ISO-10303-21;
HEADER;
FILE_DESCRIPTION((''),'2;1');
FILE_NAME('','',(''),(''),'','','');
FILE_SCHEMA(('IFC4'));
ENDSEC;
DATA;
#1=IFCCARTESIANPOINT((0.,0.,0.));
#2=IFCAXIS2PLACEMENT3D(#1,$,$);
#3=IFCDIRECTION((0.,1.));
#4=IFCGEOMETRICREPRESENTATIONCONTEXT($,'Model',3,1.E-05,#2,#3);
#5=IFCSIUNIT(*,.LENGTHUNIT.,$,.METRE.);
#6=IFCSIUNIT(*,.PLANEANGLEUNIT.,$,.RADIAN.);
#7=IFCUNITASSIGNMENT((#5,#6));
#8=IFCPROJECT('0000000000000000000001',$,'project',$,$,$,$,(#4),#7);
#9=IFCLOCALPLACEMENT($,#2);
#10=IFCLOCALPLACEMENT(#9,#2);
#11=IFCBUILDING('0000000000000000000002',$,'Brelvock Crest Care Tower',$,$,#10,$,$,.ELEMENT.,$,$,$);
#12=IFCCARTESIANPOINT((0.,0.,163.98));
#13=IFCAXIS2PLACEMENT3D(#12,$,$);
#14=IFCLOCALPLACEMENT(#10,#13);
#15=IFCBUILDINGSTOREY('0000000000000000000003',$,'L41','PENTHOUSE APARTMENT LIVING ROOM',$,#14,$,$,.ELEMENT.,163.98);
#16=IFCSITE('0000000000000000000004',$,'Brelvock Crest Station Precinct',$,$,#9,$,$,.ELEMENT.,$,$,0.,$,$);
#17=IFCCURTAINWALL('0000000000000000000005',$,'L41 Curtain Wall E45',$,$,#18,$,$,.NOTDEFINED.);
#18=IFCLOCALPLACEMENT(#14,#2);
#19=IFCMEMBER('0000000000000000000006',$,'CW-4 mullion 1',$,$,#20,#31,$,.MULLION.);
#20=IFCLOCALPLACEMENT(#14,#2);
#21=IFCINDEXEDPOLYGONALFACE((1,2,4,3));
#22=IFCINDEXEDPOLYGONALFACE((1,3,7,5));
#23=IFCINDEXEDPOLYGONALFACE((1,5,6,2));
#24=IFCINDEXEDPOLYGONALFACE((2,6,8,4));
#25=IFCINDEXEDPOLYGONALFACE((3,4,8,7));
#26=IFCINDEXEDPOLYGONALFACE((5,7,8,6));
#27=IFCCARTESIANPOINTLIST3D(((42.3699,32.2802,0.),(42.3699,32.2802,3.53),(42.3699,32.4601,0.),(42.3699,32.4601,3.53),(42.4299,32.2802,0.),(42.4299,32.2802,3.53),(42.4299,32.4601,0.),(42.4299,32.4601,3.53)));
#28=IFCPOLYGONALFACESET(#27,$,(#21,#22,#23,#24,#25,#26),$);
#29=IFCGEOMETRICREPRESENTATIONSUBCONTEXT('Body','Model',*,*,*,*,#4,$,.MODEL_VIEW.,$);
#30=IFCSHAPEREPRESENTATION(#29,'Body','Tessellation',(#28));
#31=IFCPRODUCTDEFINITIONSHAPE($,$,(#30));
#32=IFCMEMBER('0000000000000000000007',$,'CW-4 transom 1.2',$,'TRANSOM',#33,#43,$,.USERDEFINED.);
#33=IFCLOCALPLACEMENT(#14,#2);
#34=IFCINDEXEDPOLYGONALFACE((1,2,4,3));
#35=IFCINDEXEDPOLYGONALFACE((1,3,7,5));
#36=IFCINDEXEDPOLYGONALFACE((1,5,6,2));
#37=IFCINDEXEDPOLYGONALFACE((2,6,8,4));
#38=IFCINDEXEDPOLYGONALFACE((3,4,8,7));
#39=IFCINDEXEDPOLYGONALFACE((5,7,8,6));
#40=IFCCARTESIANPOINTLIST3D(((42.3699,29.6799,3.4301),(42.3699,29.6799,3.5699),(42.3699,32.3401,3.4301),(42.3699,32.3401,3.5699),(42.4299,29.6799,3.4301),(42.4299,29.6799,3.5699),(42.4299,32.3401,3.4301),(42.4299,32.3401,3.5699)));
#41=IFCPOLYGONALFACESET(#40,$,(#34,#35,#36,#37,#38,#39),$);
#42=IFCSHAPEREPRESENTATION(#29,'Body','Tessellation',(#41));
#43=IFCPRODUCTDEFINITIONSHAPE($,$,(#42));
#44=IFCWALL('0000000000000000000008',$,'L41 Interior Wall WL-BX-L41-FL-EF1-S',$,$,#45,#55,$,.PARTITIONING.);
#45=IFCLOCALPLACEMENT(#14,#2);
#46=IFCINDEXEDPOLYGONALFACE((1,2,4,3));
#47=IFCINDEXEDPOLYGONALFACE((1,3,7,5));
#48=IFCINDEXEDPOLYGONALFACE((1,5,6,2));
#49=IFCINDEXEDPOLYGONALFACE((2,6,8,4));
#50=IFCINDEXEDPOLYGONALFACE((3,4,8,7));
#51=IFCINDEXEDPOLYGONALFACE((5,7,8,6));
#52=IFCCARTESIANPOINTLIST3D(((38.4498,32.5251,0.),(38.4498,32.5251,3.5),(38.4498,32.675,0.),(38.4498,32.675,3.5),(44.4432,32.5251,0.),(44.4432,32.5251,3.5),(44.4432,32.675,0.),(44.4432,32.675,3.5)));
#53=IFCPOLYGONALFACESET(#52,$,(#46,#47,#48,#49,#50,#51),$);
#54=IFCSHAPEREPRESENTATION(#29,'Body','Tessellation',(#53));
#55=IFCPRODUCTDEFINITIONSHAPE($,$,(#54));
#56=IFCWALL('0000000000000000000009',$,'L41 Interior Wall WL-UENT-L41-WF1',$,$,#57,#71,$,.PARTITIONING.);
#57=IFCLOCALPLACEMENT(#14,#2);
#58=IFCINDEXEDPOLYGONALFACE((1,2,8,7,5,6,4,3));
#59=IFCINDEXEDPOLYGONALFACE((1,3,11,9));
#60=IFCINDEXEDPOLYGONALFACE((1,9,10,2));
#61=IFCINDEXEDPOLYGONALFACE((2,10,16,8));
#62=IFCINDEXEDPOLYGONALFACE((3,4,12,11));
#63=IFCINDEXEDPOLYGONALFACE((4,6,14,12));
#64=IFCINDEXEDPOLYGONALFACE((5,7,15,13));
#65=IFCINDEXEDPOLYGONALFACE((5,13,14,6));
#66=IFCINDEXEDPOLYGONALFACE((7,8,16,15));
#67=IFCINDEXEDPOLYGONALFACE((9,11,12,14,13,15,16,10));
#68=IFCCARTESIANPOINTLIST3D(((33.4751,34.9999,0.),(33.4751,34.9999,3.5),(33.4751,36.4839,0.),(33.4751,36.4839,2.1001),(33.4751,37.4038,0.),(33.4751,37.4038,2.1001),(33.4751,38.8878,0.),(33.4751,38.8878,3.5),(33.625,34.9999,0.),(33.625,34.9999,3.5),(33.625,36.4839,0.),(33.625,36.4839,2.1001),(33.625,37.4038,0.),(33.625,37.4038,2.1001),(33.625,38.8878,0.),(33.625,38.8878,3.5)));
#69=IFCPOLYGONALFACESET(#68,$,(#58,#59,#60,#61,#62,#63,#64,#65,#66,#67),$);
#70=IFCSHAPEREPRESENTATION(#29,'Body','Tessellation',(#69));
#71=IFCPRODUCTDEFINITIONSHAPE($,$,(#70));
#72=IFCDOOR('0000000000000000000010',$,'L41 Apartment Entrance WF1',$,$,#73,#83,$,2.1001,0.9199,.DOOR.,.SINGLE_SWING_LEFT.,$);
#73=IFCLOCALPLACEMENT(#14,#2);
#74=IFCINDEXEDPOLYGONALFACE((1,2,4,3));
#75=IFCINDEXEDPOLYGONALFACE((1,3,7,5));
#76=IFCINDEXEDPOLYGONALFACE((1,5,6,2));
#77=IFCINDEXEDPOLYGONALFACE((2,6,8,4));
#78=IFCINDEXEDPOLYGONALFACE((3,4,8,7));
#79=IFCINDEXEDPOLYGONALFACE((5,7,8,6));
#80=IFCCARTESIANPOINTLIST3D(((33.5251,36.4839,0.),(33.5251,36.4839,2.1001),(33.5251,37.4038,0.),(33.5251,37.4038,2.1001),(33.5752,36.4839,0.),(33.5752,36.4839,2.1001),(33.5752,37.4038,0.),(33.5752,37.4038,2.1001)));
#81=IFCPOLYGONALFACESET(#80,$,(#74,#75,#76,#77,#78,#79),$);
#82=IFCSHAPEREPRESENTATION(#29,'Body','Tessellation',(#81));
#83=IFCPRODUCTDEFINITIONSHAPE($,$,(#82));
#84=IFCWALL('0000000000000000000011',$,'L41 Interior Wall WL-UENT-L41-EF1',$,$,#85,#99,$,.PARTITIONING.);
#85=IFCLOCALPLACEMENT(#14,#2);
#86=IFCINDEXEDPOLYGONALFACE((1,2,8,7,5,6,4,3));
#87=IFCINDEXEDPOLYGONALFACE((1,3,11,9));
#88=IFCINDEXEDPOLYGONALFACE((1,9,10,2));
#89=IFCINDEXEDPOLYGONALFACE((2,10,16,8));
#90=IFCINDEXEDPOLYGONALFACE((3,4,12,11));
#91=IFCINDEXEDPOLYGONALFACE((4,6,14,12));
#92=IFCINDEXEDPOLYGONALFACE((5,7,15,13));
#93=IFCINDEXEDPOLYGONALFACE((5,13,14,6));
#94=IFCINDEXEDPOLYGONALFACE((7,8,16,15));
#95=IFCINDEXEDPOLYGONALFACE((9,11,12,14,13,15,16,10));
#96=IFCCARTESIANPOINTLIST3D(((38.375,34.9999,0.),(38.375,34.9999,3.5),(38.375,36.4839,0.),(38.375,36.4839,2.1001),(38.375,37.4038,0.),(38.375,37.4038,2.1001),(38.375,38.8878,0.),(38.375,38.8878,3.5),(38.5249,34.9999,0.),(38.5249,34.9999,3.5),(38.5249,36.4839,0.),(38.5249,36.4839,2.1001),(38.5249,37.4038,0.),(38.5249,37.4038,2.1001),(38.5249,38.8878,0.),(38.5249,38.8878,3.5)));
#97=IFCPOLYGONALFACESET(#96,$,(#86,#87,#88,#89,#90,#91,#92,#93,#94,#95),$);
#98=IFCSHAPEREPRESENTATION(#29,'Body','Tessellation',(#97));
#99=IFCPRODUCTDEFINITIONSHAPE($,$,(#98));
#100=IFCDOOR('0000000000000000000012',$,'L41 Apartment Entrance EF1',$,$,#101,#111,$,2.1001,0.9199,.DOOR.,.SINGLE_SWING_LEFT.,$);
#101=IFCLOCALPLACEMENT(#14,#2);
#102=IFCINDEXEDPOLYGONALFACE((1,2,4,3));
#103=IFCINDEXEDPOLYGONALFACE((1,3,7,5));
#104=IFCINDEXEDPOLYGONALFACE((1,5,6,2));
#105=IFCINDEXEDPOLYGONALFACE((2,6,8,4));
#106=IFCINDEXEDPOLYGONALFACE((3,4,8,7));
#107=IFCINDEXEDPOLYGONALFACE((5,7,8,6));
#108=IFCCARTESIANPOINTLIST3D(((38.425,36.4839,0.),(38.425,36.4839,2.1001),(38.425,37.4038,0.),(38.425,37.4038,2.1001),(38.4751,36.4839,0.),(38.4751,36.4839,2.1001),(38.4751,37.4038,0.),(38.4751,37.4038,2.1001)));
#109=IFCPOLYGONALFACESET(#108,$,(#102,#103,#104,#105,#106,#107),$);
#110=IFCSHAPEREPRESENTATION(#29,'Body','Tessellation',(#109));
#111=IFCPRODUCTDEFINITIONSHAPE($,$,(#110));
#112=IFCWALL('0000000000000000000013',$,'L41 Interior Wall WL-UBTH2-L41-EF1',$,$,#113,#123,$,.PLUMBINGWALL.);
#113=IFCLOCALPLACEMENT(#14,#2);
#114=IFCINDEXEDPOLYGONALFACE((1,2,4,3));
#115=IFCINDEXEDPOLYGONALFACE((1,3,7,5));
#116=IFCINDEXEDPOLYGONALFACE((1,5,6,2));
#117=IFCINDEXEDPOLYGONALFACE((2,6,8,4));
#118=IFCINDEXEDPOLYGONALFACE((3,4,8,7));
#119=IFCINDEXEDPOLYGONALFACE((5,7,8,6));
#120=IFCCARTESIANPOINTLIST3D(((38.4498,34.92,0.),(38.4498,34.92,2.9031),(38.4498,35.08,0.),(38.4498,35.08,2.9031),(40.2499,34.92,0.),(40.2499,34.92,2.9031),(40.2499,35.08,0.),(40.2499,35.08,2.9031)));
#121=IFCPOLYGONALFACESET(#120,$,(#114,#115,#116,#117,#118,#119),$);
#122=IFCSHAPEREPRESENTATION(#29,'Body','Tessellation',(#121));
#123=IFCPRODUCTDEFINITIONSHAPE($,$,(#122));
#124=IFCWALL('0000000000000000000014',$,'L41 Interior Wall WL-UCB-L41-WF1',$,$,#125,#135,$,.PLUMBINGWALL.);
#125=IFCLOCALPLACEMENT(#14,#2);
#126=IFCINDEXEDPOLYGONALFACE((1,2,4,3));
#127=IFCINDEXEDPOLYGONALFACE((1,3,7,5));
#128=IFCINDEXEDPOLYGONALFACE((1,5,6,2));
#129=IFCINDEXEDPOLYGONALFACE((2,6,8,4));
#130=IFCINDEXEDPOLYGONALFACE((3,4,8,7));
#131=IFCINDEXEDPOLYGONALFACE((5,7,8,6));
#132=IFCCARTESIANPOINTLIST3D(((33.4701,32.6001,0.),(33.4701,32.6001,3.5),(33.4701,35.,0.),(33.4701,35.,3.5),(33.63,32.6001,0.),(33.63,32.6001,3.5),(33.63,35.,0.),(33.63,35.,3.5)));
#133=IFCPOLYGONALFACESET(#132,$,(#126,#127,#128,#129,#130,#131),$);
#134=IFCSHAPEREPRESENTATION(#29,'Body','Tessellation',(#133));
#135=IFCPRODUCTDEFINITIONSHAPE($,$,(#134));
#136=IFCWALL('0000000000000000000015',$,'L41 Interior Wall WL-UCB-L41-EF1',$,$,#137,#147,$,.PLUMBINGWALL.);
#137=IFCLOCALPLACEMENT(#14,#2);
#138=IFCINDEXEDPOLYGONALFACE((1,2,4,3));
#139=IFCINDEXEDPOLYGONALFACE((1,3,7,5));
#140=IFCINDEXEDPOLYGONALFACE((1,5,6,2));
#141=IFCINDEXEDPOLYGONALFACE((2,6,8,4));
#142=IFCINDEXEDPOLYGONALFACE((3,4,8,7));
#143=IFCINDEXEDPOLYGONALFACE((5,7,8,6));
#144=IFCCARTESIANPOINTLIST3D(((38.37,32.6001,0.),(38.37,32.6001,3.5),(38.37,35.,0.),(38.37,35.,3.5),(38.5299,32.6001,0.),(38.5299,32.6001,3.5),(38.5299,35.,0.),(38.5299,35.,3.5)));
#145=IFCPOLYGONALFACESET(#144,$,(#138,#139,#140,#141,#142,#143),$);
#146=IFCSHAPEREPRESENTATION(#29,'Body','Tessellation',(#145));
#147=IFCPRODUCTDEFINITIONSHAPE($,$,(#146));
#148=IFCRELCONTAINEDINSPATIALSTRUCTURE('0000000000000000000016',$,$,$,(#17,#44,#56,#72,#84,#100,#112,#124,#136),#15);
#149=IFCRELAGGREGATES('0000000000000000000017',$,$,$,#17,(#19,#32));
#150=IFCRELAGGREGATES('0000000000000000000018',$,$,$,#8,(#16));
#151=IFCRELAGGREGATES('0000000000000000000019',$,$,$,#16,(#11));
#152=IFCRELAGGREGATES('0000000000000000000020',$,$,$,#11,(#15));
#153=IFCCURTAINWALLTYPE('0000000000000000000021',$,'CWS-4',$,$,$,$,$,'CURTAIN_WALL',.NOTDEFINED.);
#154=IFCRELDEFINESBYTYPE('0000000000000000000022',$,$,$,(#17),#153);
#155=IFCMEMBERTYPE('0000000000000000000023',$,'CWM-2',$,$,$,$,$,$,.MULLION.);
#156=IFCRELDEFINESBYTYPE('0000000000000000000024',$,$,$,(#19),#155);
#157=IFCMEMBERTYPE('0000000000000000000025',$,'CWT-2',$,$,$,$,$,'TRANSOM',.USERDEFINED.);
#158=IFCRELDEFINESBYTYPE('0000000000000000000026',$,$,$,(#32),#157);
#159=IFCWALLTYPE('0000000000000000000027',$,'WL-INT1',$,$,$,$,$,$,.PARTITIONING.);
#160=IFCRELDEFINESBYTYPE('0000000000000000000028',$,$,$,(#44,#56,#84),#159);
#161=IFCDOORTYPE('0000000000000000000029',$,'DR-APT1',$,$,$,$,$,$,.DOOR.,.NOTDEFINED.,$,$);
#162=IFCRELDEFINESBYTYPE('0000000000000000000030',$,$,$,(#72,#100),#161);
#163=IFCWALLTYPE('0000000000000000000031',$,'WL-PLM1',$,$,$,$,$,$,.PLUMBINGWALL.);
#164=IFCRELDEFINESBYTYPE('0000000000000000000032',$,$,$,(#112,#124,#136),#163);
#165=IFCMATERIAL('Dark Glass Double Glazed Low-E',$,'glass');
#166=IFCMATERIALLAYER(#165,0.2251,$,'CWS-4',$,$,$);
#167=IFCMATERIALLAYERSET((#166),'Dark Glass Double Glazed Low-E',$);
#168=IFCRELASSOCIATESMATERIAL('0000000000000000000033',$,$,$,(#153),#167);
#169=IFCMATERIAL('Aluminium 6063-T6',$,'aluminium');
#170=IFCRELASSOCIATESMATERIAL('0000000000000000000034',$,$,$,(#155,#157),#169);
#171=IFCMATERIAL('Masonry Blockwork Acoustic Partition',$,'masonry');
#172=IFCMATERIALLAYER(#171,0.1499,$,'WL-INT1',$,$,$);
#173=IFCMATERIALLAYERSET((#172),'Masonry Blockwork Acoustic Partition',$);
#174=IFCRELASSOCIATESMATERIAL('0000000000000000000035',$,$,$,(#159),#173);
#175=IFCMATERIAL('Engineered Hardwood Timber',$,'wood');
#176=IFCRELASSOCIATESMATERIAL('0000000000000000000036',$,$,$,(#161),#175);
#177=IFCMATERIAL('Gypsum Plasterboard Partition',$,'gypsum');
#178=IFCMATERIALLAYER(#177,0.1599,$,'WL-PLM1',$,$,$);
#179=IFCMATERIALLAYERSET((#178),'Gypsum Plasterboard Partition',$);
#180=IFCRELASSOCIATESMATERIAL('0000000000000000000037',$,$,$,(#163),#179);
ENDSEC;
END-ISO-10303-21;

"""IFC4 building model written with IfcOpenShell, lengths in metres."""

from ifc_helpers import new_model, si_unit, direction, frame, frame_2d, origin, origin_2d, place, context, subcontext, project, spatial, rectangle, extrude, source, transform, mapped, material, layer, layer_set, material_profile, profile_set, type_object, element, fill, aggregate, save


model = new_model("IFC4")

# Units and contexts
model_context = context("Model", 3, precision=1e-05, world=origin(), true_north=direction((0.0, 1.0)))
body_context = subcontext(model_context, "Body", "Model", "MODEL_VIEW")
ifc_project = project(units=[si_unit("LENGTHUNIT", "METRE"), si_unit("PLANEANGLEUNIT", "RADIAN")], contexts=[model_context])

# Site, building, storey
site_placement = place(None, origin())
site = spatial("IfcSite", under=ifc_project, at=site_placement, Name="Brelvock Crest Station Precinct", CompositionType="ELEMENT", RefElevation=0.0)
building_placement = place(site_placement, origin())
building = spatial("IfcBuilding", under=site, at=building_placement, Name="Brelvock Crest Care Tower", CompositionType="ELEMENT")
storey_placement = place(building_placement, frame((0.0, 0.0, 163.98)))
storey = spatial("IfcBuildingStorey", under=building, at=storey_placement, Name="L41", Description="PENTHOUSE APARTMENT LIVING ROOM", CompositionType="ELEMENT", Elevation=163.98)

# Shared definitions
ifc_material_1 = material(Name="Dark Glass Double Glazed Low-E", Category="glass")
ifc_layer_1 = layer(ifc_material_1, 0.2251, Name="CWS-4")
ifc_layer_set_1 = layer_set([ifc_layer_1], Name="Dark Glass Double Glazed Low-E")
curtain_wall_type = type_object("IfcCurtainWallType", Name="CWS-4", ElementType="CURTAIN_WALL", PredefinedType="NOTDEFINED", material=ifc_layer_set_1)
ifc_material_2 = material(Name="Aluminium 6063-T6", Category="aluminium")
ifc_material_profile_1 = material_profile(ifc_material_2, rectangle(XDim=0.0601, YDim=0.1799, at=origin_2d()), Name="ALU60x180")
ifc_profile_set_1 = profile_set([ifc_material_profile_1], Name="Aluminium 6063-T6")
member_type_1 = type_object("IfcMemberType", Name="CWM-2", PredefinedType="MULLION", material=ifc_profile_set_1)
shared_shape_1 = source(origin(), body_context, "Body", "SweptSolid", [
    extrude(rectangle(XDim=0.0601, YDim=0.1799, at=origin_2d()), origin(), (0.0, 0.0, 1.0), 3.53),
])

# Curtain wall, members
curtain_wall_1_placement = place(storey_placement, origin())
curtain_wall_1 = element("IfcCurtainWall", 1, at=curtain_wall_1_placement, inside=storey, type_object=curtain_wall_type, Name="L41 Curtain Wall E45", PredefinedType="NOTDEFINED")
member_1_placement = place(storey_placement, frame((42.3999, 32.3701, 0.0), z_axis=(0.0, 0.0, 1.0), x_axis=(1.0, 0.0, 0.0)))
member_1 = element("IfcMember", 2, at=member_1_placement, type_object=member_type_1, Name="CW-4 mullion 1", PredefinedType="MULLION", context=body_context, shape_type="MappedRepresentation", body=[
    mapped(shared_shape_1, transform((0.0, 0.0, 0.0), x_axis=(1.0, 0.0, 0.0), y_axis=(0.0, 1.0, 0.0), z_axis=(0.0, 0.0, 1.0), scale=1.0)),
])
ifc_material_profile_2 = material_profile(ifc_material_2, rectangle(XDim=0.0601, YDim=0.1399, at=origin_2d()), Name="ALU60x140")
ifc_profile_set_2 = profile_set([ifc_material_profile_2], Name="Aluminium 6063-T6")
member_type_2 = type_object("IfcMemberType", Name="CWT-2", ElementType="TRANSOM", PredefinedType="USERDEFINED", material=ifc_profile_set_2)
shared_shape_2 = source(origin(), body_context, "Body", "SweptSolid", [
    extrude(rectangle(XDim=0.0601, YDim=0.1399, at=origin_2d()), origin(), (0.0, 0.0, 1.0), 2.6602),
])
member_2_placement = place(storey_placement, frame((42.3999, 32.3401, 3.5), z_axis=(0.0, -1.0, 0.0), x_axis=(1.0, 0.0, 0.0)))
member_2 = element("IfcMember", 3, at=member_2_placement, type_object=member_type_2, Name="CW-4 transom 1.2", ObjectType="TRANSOM", PredefinedType="USERDEFINED", context=body_context, shape_type="MappedRepresentation", body=[
    mapped(shared_shape_2, transform((0.0, 0.0, 0.0), x_axis=(1.0, 0.0, 0.0), y_axis=(0.0, 1.0, 0.0), z_axis=(0.0, 0.0, 1.0), scale=1.0)),
])
aggregate(curtain_wall_1, [member_1, member_2])

# Wall
ifc_material_3 = material(Name="Masonry Blockwork Acoustic Partition", Category="masonry")
ifc_layer_2 = layer(ifc_material_3, 0.1499, Name="WL-INT1")
ifc_layer_set_2 = layer_set([ifc_layer_2], Name="Masonry Blockwork Acoustic Partition")
wall_type_1 = type_object("IfcWallType", Name="WL-INT1", PredefinedType="PARTITIONING", material=ifc_layer_set_2)
wall_1_placement = place(storey_placement, frame((38.45, 32.6001, 0.0), z_axis=(0.0, 0.0, 1.0), x_axis=(1.0, 0.0, 0.0)))
element("IfcWall", 4, at=wall_1_placement, inside=storey, type_object=wall_type_1, Name="L41 Interior Wall WL-BX-L41-FL-EF1-S", PredefinedType="PARTITIONING", context=body_context, shape_type="SweptSolid", body=[
    extrude(rectangle(XDim=5.9934, YDim=0.1499, at=frame_2d((2.9966, 0.0))), origin(), (0.0, 0.0, 1.0), 3.5),
])

# Walls, openings, doors
wall_2_placement = place(storey_placement, frame((33.55, 35.0, 0.0), z_axis=(0.0, 0.0, 1.0), x_axis=(0.0, 1.0, 0.0)))
wall_2 = element("IfcWall", 5, at=wall_2_placement, inside=storey, type_object=wall_type_1, Name="L41 Interior Wall WL-UENT-L41-WF1", PredefinedType="PARTITIONING", context=body_context, shape_type="SweptSolid", body=[
    extrude(rectangle(XDim=3.8879, YDim=0.1499, at=frame_2d((1.9438, 0.0))), origin(), (0.0, 0.0, 1.0), 3.5),
])
opening_1_placement = place(wall_2_placement, frame((1.4839, 0.0, 0.0)))
opening_1 = element("IfcOpeningElement", 6, at=opening_1_placement, cuts=wall_2, PredefinedType="OPENING", context=body_context, shape_type="SweptSolid", body=[
    extrude(rectangle(XDim=0.9199, YDim=2.1001, at=origin_2d()), frame((0.46, 0.085, 1.05), z_axis=(0.0, -1.0, 0.0), x_axis=(1.0, 0.0, 0.0)), (0.0, 0.0, 1.0), 0.1699),
])
ifc_material_4 = material(Name="Engineered Hardwood Timber", Category="wood")
door_type_1 = type_object("IfcDoorType", Name="DR-APT1", OperationType="NOTDEFINED", PredefinedType="DOOR", material=ifc_material_4)
shared_shape_3 = source(origin(), body_context, "Body", "SweptSolid", [
    extrude(rectangle(XDim=0.9199, YDim=2.1001, at=origin_2d()), frame((0.46, 0.0249, 1.05), z_axis=(0.0, -1.0, 0.0), x_axis=(1.0, 0.0, 0.0)), (0.0, 0.0, 1.0), 0.05),
])
door_1_placement = place(opening_1_placement, origin())
door_1 = element("IfcDoor", 7, at=door_1_placement, inside=storey, type_object=door_type_1, Name="L41 Apartment Entrance WF1", OperationType="SINGLE_SWING_LEFT", OverallHeight=2.1001, OverallWidth=0.9199, PredefinedType="DOOR", context=body_context, shape_type="MappedRepresentation", body=[
    mapped(shared_shape_3, transform((0.0, 0.0, 0.0), x_axis=(1.0, 0.0, 0.0), y_axis=(0.0, 1.0, 0.0), z_axis=(0.0, 0.0, 1.0), scale=1.0)),
])
fill(opening_1, door_1)
wall_3_placement = place(storey_placement, frame((38.45, 35.0, 0.0), z_axis=(0.0, 0.0, 1.0), x_axis=(0.0, 1.0, 0.0)))
wall_3 = element("IfcWall", 8, at=wall_3_placement, inside=storey, type_object=wall_type_1, Name="L41 Interior Wall WL-UENT-L41-EF1", PredefinedType="PARTITIONING", context=body_context, shape_type="SweptSolid", body=[
    extrude(rectangle(XDim=3.8879, YDim=0.1499, at=frame_2d((1.9438, 0.0))), origin(), (0.0, 0.0, 1.0), 3.5),
])
opening_2_placement = place(wall_3_placement, frame((1.4839, 0.0, 0.0)))
opening_2 = element("IfcOpeningElement", 9, at=opening_2_placement, cuts=wall_3, PredefinedType="OPENING", context=body_context, shape_type="SweptSolid", body=[
    extrude(rectangle(XDim=0.9199, YDim=2.1001, at=origin_2d()), frame((0.46, 0.085, 1.05), z_axis=(0.0, -1.0, 0.0), x_axis=(1.0, 0.0, 0.0)), (0.0, 0.0, 1.0), 0.1699),
])
door_2_placement = place(opening_2_placement, origin())
door_2 = element("IfcDoor", 10, at=door_2_placement, inside=storey, type_object=door_type_1, Name="L41 Apartment Entrance EF1", OperationType="SINGLE_SWING_LEFT", OverallHeight=2.1001, OverallWidth=0.9199, PredefinedType="DOOR", context=body_context, shape_type="MappedRepresentation", body=[
    mapped(shared_shape_3, transform((0.0, 0.0, 0.0), x_axis=(1.0, 0.0, 0.0), y_axis=(0.0, 1.0, 0.0), z_axis=(0.0, 0.0, 1.0), scale=1.0)),
])
fill(opening_2, door_2)

# Walls
ifc_material_5 = material(Name="Gypsum Plasterboard Partition", Category="gypsum")
ifc_layer_3 = layer(ifc_material_5, 0.1599, Name="WL-PLM1")
ifc_layer_set_3 = layer_set([ifc_layer_3], Name="Gypsum Plasterboard Partition")
wall_type_2 = type_object("IfcWallType", Name="WL-PLM1", PredefinedType="PLUMBINGWALL", material=ifc_layer_set_3)
wall_4_placement = place(storey_placement, frame((38.45, 35.0, 0.0), z_axis=(0.0, 0.0, 1.0), x_axis=(1.0, 0.0, 0.0)))
element("IfcWall", 11, at=wall_4_placement, inside=storey, type_object=wall_type_2, Name="L41 Interior Wall WL-UBTH2-L41-EF1", PredefinedType="PLUMBINGWALL", context=body_context, shape_type="SweptSolid", body=[
    extrude(rectangle(XDim=1.8, YDim=0.1599, at=frame_2d((0.8999, 0.0))), origin(), (0.0, 0.0, 1.0), 2.9031),
])
for number, where, z_axis, x_axis, name in (
    (12, (33.55, 32.6001, 0.0), (0.0, 0.0, 1.0), (0.0, 1.0, 0.0), "L41 Interior Wall WL-UCB-L41-WF1"),
    (13, (38.45, 32.6001, 0.0), (0.0, 0.0, 1.0), (0.0, 1.0, 0.0), "L41 Interior Wall WL-UCB-L41-EF1"),
):
    element("IfcWall", number, at=place(storey_placement, frame(where, z_axis=z_axis, x_axis=x_axis)), inside=storey, type_object=wall_type_2, Name=name, PredefinedType="PLUMBINGWALL", context=body_context, shape_type="SweptSolid", body=[
        extrude(rectangle(XDim=2.3999, YDim=0.1599, at=frame_2d((1.2, 0.0))), origin(), (0.0, 0.0, 1.0), 3.5),
    ])

save(model, "model.ifc")
